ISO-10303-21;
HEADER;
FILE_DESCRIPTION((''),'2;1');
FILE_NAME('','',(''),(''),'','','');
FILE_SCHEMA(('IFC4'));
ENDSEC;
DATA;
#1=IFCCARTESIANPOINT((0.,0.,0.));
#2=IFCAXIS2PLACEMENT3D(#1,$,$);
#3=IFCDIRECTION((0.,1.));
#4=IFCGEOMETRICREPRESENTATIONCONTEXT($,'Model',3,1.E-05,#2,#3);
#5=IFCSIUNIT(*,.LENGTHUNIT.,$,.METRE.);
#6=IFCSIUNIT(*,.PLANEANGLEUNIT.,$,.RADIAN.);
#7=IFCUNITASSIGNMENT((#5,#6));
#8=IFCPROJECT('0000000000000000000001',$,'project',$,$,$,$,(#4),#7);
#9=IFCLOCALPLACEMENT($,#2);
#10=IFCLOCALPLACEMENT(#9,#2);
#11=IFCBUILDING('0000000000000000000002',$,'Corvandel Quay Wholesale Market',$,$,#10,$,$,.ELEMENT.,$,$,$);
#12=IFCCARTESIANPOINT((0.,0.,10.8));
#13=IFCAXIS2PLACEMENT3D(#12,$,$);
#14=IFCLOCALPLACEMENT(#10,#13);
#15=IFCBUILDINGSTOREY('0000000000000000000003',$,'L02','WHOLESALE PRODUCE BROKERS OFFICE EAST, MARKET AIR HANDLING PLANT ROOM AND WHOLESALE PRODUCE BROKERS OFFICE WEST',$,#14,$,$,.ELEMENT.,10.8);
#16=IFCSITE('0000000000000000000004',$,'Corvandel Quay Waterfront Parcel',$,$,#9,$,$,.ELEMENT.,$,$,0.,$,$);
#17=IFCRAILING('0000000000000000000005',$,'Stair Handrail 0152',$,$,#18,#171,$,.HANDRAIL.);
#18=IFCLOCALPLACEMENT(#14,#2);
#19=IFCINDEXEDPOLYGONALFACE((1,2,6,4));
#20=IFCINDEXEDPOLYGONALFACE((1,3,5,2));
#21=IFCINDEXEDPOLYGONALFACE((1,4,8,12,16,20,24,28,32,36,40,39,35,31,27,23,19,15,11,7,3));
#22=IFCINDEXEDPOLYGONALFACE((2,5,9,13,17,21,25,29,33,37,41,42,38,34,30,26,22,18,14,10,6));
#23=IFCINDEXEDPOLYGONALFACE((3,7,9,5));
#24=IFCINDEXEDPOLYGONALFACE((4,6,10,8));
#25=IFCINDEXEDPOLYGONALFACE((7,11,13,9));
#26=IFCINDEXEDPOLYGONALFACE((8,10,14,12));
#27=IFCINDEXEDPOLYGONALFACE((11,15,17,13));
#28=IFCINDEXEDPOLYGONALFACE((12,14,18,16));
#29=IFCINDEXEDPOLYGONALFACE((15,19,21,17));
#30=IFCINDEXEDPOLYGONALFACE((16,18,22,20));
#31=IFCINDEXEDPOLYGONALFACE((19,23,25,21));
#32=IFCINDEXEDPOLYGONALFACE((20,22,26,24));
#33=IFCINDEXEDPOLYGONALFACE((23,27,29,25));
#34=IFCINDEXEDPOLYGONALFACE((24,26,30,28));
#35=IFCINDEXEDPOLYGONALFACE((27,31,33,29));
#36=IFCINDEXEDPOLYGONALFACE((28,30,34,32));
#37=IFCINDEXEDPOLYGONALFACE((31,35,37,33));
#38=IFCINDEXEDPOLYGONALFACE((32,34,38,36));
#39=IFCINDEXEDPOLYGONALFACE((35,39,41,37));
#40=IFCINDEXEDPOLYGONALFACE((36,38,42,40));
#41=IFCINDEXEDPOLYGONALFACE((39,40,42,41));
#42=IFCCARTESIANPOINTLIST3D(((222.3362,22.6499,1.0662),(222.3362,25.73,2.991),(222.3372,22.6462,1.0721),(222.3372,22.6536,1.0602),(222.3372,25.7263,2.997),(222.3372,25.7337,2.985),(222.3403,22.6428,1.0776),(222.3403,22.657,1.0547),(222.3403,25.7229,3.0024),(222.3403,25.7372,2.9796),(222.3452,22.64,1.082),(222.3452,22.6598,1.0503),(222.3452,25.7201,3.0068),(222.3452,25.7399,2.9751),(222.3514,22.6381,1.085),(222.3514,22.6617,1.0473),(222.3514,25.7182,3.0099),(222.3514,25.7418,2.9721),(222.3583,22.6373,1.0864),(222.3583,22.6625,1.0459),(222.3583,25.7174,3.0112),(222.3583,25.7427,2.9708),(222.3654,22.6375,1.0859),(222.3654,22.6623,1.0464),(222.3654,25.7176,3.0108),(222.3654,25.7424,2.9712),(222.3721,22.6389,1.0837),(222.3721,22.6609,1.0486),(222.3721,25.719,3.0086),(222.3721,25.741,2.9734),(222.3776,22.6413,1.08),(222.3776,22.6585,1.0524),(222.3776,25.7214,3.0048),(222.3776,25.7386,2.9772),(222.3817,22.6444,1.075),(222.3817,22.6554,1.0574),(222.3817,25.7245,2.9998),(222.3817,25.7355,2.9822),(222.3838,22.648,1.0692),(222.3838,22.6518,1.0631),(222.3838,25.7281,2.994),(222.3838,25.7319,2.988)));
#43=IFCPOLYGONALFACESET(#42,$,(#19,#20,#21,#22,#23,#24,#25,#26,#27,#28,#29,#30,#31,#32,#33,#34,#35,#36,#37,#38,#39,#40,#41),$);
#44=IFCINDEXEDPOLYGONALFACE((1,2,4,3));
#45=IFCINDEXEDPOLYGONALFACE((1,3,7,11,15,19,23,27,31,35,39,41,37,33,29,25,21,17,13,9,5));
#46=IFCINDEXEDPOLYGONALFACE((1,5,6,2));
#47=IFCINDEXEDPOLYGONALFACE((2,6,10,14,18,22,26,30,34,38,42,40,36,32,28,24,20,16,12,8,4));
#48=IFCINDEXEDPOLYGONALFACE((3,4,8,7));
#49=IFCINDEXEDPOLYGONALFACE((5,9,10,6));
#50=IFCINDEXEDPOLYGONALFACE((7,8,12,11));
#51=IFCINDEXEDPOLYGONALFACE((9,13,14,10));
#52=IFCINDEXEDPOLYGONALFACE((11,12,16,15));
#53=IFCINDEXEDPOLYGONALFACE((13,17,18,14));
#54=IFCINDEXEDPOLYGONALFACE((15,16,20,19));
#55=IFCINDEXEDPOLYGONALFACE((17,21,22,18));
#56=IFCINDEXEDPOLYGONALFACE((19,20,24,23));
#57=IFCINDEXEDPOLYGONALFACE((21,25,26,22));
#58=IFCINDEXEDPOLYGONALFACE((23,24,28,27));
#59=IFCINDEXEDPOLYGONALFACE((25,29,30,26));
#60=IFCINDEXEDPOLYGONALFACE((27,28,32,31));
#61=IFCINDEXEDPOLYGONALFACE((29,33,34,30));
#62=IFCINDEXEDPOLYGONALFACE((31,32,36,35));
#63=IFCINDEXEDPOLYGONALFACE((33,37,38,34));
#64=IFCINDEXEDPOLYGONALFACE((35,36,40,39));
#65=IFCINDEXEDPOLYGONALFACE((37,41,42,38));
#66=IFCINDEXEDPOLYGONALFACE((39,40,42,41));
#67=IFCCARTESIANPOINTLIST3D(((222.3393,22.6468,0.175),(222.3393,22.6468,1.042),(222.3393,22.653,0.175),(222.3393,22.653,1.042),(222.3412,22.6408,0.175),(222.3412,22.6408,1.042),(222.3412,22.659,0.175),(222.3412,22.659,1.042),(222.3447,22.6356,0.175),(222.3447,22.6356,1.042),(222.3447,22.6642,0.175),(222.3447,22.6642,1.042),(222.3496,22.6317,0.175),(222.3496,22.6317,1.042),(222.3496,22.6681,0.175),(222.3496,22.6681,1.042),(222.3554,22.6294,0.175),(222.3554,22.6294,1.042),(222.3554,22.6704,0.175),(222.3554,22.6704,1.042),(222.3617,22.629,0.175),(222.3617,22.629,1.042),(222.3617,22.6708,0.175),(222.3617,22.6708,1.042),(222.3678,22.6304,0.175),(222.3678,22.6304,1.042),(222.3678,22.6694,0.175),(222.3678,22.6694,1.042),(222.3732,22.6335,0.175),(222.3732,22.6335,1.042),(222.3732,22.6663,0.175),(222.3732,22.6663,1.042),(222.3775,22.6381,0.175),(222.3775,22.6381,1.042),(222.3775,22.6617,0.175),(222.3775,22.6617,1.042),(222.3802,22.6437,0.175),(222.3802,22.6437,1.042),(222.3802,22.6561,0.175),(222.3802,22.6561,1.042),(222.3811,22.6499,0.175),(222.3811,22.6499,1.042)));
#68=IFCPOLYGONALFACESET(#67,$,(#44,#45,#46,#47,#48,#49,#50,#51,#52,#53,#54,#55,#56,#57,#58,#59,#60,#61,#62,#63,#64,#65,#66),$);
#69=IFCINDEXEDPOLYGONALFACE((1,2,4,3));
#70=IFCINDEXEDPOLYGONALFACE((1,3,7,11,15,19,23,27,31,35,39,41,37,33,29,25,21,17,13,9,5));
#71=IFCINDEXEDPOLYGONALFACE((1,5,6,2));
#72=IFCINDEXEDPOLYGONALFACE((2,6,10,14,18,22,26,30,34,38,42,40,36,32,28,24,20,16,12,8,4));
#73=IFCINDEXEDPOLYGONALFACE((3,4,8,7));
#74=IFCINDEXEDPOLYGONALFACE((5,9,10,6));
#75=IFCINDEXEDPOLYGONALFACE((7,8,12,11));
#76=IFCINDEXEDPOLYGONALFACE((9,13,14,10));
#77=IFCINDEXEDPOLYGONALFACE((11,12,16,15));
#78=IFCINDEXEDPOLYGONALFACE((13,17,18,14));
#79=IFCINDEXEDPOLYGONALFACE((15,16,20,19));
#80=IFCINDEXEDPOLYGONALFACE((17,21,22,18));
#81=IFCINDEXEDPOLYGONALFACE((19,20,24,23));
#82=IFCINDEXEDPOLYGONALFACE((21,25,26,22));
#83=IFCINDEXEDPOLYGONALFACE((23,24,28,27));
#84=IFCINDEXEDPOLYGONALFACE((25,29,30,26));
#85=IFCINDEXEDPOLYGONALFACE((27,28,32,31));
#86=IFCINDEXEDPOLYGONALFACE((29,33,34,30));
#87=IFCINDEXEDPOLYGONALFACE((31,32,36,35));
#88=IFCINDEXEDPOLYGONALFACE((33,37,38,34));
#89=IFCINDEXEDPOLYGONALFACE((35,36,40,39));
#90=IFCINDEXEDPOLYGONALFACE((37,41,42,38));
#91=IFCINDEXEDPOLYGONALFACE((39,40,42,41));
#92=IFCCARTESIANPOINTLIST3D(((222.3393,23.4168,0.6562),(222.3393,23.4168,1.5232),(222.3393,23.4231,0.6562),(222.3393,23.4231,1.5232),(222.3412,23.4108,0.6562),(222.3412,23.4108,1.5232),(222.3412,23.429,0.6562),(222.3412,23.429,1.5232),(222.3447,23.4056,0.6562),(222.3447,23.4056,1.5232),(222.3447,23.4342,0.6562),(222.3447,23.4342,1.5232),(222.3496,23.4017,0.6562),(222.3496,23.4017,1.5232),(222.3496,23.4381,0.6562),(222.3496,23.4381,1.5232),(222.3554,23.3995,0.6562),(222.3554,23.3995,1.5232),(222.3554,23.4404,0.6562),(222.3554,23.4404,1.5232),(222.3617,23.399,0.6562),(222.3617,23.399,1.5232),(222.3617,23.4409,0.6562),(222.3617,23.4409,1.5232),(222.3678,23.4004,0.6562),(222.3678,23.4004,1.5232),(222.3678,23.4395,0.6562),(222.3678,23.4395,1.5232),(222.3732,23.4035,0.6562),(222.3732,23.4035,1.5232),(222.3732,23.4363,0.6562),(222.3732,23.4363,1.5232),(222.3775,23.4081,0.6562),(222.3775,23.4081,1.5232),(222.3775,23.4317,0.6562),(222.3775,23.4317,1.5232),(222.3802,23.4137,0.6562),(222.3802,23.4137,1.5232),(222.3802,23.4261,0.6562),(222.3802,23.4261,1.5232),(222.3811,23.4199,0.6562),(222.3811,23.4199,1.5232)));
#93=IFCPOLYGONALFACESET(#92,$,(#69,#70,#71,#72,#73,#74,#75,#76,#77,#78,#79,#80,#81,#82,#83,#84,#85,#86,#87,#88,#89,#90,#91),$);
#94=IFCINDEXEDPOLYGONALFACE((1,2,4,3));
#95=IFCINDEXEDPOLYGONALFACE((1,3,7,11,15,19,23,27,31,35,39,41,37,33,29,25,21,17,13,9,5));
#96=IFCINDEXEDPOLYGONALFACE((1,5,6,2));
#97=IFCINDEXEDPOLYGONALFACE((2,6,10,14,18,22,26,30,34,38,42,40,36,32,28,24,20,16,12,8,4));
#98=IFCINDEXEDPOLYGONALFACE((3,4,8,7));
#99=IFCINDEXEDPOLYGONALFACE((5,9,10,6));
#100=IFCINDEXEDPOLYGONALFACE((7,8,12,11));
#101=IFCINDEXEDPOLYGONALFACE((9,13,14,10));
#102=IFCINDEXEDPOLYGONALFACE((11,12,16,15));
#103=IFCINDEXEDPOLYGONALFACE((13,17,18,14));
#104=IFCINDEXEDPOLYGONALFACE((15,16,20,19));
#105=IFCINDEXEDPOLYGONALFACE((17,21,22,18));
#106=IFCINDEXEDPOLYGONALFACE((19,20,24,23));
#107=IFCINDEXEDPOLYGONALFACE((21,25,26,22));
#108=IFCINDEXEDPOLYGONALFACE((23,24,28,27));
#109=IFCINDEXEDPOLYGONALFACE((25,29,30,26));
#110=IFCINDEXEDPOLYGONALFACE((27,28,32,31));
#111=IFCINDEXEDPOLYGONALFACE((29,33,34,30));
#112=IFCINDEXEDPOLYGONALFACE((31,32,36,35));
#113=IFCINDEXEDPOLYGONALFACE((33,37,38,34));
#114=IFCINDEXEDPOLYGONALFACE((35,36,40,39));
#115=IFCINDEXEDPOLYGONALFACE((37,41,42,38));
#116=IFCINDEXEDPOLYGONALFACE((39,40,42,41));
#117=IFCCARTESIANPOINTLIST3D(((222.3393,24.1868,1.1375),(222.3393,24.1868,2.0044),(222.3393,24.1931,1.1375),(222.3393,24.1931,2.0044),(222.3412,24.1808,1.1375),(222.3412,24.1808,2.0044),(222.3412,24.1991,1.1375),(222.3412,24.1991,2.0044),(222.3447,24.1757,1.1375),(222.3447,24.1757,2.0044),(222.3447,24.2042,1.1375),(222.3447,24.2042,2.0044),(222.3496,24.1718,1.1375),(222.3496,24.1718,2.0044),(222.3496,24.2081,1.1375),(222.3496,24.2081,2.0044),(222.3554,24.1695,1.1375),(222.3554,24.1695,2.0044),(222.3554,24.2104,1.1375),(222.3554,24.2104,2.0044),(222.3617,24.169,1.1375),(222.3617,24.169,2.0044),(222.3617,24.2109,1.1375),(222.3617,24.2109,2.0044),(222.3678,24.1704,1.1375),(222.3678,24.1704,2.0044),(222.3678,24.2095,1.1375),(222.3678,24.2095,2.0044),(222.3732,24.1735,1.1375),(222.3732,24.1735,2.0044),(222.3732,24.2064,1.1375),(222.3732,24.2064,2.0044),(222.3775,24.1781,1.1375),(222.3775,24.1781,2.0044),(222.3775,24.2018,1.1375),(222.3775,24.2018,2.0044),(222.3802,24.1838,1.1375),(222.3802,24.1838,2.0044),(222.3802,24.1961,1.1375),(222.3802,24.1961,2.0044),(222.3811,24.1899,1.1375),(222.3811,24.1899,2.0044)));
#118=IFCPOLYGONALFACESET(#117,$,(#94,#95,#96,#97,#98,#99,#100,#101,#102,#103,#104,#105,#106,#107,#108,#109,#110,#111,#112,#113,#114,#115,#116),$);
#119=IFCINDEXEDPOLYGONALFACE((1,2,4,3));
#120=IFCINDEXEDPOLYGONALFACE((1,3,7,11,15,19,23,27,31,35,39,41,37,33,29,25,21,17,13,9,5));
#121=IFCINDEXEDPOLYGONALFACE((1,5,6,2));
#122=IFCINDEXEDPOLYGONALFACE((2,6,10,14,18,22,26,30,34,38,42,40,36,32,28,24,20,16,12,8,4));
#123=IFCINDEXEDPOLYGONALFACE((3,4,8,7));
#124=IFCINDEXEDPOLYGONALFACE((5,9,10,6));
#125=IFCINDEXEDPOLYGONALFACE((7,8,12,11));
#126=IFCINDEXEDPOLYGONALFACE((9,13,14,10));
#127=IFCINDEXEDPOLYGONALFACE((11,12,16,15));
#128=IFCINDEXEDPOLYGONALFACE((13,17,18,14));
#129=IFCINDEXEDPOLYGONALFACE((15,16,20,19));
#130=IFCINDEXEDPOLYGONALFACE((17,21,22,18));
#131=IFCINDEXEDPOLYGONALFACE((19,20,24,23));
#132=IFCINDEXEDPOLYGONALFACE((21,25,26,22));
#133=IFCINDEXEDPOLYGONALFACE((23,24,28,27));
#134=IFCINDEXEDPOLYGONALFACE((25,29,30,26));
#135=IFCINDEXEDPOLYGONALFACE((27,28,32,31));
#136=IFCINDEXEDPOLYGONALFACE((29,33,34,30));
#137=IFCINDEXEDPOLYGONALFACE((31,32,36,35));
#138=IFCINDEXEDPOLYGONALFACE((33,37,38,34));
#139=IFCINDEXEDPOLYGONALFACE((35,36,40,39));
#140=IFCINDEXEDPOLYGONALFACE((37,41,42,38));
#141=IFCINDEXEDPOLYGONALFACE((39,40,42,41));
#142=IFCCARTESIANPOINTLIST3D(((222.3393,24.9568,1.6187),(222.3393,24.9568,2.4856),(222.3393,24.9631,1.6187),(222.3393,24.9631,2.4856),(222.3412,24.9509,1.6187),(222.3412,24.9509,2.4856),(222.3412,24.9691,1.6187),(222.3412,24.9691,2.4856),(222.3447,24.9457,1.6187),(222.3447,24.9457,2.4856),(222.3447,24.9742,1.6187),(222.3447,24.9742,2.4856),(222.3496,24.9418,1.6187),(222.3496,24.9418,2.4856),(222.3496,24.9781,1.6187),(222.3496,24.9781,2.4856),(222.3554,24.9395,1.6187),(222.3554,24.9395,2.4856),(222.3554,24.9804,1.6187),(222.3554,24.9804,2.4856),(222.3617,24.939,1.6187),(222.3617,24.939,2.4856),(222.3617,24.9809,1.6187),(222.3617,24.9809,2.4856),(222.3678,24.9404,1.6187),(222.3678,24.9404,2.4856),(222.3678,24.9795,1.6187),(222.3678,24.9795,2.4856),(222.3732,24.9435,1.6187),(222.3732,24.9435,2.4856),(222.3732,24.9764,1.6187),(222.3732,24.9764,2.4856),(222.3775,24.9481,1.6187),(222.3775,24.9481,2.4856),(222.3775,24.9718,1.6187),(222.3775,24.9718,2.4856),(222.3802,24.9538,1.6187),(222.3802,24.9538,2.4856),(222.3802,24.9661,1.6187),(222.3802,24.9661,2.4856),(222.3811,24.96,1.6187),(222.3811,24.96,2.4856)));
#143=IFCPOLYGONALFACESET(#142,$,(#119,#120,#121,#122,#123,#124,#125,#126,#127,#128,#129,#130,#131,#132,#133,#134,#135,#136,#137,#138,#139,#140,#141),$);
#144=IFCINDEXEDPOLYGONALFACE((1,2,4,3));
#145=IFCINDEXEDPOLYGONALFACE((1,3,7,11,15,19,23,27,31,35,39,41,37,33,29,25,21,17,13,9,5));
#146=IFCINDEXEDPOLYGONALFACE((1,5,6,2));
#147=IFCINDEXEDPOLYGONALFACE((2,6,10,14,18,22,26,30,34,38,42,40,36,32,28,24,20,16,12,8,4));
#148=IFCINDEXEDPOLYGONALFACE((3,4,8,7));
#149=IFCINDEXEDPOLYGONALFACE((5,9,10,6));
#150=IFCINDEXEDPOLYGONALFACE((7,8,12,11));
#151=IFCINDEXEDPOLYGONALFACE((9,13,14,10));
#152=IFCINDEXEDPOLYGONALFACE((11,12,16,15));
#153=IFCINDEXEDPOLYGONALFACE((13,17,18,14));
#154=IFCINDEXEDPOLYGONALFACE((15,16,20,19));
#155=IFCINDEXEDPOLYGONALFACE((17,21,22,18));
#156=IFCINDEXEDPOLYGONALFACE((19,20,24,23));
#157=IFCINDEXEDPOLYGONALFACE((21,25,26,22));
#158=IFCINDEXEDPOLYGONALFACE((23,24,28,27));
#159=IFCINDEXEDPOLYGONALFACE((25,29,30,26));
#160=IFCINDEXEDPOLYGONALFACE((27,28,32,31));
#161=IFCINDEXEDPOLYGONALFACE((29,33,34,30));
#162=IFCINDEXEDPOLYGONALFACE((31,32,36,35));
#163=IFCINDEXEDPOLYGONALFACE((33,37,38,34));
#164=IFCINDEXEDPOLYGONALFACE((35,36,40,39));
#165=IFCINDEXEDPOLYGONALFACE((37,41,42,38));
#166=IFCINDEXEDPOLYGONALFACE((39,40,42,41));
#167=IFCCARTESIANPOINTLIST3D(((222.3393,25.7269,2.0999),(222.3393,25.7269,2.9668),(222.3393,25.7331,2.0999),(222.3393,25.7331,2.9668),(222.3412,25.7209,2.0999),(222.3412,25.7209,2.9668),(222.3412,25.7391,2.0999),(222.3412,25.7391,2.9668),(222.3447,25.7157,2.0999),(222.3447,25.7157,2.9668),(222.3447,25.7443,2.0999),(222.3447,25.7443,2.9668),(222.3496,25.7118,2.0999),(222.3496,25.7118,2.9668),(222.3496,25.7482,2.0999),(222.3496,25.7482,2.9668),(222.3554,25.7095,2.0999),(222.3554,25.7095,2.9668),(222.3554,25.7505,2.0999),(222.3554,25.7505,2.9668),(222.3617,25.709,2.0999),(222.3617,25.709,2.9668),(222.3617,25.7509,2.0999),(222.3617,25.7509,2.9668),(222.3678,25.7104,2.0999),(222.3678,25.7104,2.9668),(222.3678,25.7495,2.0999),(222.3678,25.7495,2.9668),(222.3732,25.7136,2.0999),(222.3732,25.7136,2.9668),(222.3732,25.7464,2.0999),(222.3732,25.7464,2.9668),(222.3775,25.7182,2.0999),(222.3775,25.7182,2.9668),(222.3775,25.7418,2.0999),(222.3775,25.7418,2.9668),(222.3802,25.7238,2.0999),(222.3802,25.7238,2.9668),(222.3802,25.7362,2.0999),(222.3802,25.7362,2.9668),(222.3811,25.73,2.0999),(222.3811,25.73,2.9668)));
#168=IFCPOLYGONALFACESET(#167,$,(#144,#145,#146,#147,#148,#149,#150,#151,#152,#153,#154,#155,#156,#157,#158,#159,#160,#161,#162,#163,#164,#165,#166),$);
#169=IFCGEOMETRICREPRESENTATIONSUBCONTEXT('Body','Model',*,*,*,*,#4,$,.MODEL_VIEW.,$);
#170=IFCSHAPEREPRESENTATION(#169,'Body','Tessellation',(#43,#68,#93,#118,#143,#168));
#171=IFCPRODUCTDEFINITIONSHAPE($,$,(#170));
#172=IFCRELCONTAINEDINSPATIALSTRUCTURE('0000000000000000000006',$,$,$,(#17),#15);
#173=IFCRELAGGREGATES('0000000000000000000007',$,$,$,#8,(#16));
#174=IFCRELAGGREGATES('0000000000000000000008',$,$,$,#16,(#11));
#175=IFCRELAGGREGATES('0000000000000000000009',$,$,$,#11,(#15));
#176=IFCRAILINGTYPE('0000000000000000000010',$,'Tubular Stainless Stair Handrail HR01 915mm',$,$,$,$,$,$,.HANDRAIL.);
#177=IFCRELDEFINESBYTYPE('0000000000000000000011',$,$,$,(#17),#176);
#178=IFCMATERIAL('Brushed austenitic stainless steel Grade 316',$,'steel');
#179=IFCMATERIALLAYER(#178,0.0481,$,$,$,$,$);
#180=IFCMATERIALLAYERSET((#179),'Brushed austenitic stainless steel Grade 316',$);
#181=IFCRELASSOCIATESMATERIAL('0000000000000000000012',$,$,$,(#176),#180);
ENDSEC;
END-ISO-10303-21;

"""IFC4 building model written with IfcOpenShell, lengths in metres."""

from ifc_helpers import new_model, si_unit, direction, frame, origin, origin_2d, place, context, subcontext, project, spatial, circle, extrude, material, layer, layer_set, type_object, element, save


model = new_model("IFC4")

# Units and contexts
model_context = context("Model", 3, precision=1e-05, world=origin(), true_north=direction((0.0, 1.0)))
body_context = subcontext(model_context, "Body", "Model", "MODEL_VIEW")
ifc_project = project(units=[si_unit("LENGTHUNIT", "METRE"), si_unit("PLANEANGLEUNIT", "RADIAN")], contexts=[model_context])

# Site, building, storey
site_placement = place(None, origin())
site = spatial("IfcSite", under=ifc_project, at=site_placement, Name="Corvandel Quay Waterfront Parcel", CompositionType="ELEMENT", RefElevation=0.0)
building_placement = place(site_placement, origin())
building = spatial("IfcBuilding", under=site, at=building_placement, Name="Corvandel Quay Wholesale Market", CompositionType="ELEMENT")
storey_placement = place(building_placement, frame((0.0, 0.0, 10.8)))
storey = spatial("IfcBuildingStorey", under=building, at=storey_placement, Name="L02", Description="WHOLESALE PRODUCE BROKERS OFFICE EAST, MARKET AIR HANDLING PLANT ROOM AND WHOLESALE PRODUCE BROKERS OFFICE WEST", CompositionType="ELEMENT", Elevation=10.8)

# Railing
ifc_material_1 = material(Name="Brushed austenitic stainless steel Grade 316", Category="steel")
ifc_layer_1 = layer(ifc_material_1, 0.0481)
ifc_layer_set_1 = layer_set([ifc_layer_1], Name="Brushed austenitic stainless steel Grade 316")
railing_type_1 = type_object("IfcRailingType", Name="Tubular Stainless Stair Handrail HR01 915mm", PredefinedType="HANDRAIL", material=ifc_layer_set_1)
for number, where, name in (
    (1, (222.3601, 22.6499, 0.175), "Stair Handrail 0152"),
):
    element("IfcRailing", number, at=place(storey_placement, frame(where)), inside=storey, type_object=railing_type_1, Name=name, PredefinedType="HANDRAIL", context=body_context, shape_type="SweptSolid", body=[
        extrude(circle(Radius=0.0239, at=origin_2d()), frame((0.0, 0.0, 0.8911), z_axis=(0.0, 0.848029, 0.529951), x_axis=(-1.0, 0.0, 0.0)), (0.0, 0.0, 1.0), 3.6321),
        extrude(circle(Radius=0.021, at=origin_2d()), origin(), (0.0, 0.0, 1.0), 0.8669),
        extrude(circle(Radius=0.021, at=origin_2d()), frame((0.0, 0.77, 0.4812)), (0.0, 0.0, 1.0), 0.8669),
        extrude(circle(Radius=0.021, at=origin_2d()), frame((0.0, 1.54, 0.9624)), (0.0, 0.0, 1.0), 0.8669),
        extrude(circle(Radius=0.021, at=origin_2d()), frame((0.0, 2.3101, 1.4436)), (0.0, 0.0, 1.0), 0.8669),
        extrude(circle(Radius=0.021, at=origin_2d()), frame((0.0, 3.0801, 1.9248)), (0.0, 0.0, 1.0), 0.8669),
    ])

save(model, "model.ifc")
